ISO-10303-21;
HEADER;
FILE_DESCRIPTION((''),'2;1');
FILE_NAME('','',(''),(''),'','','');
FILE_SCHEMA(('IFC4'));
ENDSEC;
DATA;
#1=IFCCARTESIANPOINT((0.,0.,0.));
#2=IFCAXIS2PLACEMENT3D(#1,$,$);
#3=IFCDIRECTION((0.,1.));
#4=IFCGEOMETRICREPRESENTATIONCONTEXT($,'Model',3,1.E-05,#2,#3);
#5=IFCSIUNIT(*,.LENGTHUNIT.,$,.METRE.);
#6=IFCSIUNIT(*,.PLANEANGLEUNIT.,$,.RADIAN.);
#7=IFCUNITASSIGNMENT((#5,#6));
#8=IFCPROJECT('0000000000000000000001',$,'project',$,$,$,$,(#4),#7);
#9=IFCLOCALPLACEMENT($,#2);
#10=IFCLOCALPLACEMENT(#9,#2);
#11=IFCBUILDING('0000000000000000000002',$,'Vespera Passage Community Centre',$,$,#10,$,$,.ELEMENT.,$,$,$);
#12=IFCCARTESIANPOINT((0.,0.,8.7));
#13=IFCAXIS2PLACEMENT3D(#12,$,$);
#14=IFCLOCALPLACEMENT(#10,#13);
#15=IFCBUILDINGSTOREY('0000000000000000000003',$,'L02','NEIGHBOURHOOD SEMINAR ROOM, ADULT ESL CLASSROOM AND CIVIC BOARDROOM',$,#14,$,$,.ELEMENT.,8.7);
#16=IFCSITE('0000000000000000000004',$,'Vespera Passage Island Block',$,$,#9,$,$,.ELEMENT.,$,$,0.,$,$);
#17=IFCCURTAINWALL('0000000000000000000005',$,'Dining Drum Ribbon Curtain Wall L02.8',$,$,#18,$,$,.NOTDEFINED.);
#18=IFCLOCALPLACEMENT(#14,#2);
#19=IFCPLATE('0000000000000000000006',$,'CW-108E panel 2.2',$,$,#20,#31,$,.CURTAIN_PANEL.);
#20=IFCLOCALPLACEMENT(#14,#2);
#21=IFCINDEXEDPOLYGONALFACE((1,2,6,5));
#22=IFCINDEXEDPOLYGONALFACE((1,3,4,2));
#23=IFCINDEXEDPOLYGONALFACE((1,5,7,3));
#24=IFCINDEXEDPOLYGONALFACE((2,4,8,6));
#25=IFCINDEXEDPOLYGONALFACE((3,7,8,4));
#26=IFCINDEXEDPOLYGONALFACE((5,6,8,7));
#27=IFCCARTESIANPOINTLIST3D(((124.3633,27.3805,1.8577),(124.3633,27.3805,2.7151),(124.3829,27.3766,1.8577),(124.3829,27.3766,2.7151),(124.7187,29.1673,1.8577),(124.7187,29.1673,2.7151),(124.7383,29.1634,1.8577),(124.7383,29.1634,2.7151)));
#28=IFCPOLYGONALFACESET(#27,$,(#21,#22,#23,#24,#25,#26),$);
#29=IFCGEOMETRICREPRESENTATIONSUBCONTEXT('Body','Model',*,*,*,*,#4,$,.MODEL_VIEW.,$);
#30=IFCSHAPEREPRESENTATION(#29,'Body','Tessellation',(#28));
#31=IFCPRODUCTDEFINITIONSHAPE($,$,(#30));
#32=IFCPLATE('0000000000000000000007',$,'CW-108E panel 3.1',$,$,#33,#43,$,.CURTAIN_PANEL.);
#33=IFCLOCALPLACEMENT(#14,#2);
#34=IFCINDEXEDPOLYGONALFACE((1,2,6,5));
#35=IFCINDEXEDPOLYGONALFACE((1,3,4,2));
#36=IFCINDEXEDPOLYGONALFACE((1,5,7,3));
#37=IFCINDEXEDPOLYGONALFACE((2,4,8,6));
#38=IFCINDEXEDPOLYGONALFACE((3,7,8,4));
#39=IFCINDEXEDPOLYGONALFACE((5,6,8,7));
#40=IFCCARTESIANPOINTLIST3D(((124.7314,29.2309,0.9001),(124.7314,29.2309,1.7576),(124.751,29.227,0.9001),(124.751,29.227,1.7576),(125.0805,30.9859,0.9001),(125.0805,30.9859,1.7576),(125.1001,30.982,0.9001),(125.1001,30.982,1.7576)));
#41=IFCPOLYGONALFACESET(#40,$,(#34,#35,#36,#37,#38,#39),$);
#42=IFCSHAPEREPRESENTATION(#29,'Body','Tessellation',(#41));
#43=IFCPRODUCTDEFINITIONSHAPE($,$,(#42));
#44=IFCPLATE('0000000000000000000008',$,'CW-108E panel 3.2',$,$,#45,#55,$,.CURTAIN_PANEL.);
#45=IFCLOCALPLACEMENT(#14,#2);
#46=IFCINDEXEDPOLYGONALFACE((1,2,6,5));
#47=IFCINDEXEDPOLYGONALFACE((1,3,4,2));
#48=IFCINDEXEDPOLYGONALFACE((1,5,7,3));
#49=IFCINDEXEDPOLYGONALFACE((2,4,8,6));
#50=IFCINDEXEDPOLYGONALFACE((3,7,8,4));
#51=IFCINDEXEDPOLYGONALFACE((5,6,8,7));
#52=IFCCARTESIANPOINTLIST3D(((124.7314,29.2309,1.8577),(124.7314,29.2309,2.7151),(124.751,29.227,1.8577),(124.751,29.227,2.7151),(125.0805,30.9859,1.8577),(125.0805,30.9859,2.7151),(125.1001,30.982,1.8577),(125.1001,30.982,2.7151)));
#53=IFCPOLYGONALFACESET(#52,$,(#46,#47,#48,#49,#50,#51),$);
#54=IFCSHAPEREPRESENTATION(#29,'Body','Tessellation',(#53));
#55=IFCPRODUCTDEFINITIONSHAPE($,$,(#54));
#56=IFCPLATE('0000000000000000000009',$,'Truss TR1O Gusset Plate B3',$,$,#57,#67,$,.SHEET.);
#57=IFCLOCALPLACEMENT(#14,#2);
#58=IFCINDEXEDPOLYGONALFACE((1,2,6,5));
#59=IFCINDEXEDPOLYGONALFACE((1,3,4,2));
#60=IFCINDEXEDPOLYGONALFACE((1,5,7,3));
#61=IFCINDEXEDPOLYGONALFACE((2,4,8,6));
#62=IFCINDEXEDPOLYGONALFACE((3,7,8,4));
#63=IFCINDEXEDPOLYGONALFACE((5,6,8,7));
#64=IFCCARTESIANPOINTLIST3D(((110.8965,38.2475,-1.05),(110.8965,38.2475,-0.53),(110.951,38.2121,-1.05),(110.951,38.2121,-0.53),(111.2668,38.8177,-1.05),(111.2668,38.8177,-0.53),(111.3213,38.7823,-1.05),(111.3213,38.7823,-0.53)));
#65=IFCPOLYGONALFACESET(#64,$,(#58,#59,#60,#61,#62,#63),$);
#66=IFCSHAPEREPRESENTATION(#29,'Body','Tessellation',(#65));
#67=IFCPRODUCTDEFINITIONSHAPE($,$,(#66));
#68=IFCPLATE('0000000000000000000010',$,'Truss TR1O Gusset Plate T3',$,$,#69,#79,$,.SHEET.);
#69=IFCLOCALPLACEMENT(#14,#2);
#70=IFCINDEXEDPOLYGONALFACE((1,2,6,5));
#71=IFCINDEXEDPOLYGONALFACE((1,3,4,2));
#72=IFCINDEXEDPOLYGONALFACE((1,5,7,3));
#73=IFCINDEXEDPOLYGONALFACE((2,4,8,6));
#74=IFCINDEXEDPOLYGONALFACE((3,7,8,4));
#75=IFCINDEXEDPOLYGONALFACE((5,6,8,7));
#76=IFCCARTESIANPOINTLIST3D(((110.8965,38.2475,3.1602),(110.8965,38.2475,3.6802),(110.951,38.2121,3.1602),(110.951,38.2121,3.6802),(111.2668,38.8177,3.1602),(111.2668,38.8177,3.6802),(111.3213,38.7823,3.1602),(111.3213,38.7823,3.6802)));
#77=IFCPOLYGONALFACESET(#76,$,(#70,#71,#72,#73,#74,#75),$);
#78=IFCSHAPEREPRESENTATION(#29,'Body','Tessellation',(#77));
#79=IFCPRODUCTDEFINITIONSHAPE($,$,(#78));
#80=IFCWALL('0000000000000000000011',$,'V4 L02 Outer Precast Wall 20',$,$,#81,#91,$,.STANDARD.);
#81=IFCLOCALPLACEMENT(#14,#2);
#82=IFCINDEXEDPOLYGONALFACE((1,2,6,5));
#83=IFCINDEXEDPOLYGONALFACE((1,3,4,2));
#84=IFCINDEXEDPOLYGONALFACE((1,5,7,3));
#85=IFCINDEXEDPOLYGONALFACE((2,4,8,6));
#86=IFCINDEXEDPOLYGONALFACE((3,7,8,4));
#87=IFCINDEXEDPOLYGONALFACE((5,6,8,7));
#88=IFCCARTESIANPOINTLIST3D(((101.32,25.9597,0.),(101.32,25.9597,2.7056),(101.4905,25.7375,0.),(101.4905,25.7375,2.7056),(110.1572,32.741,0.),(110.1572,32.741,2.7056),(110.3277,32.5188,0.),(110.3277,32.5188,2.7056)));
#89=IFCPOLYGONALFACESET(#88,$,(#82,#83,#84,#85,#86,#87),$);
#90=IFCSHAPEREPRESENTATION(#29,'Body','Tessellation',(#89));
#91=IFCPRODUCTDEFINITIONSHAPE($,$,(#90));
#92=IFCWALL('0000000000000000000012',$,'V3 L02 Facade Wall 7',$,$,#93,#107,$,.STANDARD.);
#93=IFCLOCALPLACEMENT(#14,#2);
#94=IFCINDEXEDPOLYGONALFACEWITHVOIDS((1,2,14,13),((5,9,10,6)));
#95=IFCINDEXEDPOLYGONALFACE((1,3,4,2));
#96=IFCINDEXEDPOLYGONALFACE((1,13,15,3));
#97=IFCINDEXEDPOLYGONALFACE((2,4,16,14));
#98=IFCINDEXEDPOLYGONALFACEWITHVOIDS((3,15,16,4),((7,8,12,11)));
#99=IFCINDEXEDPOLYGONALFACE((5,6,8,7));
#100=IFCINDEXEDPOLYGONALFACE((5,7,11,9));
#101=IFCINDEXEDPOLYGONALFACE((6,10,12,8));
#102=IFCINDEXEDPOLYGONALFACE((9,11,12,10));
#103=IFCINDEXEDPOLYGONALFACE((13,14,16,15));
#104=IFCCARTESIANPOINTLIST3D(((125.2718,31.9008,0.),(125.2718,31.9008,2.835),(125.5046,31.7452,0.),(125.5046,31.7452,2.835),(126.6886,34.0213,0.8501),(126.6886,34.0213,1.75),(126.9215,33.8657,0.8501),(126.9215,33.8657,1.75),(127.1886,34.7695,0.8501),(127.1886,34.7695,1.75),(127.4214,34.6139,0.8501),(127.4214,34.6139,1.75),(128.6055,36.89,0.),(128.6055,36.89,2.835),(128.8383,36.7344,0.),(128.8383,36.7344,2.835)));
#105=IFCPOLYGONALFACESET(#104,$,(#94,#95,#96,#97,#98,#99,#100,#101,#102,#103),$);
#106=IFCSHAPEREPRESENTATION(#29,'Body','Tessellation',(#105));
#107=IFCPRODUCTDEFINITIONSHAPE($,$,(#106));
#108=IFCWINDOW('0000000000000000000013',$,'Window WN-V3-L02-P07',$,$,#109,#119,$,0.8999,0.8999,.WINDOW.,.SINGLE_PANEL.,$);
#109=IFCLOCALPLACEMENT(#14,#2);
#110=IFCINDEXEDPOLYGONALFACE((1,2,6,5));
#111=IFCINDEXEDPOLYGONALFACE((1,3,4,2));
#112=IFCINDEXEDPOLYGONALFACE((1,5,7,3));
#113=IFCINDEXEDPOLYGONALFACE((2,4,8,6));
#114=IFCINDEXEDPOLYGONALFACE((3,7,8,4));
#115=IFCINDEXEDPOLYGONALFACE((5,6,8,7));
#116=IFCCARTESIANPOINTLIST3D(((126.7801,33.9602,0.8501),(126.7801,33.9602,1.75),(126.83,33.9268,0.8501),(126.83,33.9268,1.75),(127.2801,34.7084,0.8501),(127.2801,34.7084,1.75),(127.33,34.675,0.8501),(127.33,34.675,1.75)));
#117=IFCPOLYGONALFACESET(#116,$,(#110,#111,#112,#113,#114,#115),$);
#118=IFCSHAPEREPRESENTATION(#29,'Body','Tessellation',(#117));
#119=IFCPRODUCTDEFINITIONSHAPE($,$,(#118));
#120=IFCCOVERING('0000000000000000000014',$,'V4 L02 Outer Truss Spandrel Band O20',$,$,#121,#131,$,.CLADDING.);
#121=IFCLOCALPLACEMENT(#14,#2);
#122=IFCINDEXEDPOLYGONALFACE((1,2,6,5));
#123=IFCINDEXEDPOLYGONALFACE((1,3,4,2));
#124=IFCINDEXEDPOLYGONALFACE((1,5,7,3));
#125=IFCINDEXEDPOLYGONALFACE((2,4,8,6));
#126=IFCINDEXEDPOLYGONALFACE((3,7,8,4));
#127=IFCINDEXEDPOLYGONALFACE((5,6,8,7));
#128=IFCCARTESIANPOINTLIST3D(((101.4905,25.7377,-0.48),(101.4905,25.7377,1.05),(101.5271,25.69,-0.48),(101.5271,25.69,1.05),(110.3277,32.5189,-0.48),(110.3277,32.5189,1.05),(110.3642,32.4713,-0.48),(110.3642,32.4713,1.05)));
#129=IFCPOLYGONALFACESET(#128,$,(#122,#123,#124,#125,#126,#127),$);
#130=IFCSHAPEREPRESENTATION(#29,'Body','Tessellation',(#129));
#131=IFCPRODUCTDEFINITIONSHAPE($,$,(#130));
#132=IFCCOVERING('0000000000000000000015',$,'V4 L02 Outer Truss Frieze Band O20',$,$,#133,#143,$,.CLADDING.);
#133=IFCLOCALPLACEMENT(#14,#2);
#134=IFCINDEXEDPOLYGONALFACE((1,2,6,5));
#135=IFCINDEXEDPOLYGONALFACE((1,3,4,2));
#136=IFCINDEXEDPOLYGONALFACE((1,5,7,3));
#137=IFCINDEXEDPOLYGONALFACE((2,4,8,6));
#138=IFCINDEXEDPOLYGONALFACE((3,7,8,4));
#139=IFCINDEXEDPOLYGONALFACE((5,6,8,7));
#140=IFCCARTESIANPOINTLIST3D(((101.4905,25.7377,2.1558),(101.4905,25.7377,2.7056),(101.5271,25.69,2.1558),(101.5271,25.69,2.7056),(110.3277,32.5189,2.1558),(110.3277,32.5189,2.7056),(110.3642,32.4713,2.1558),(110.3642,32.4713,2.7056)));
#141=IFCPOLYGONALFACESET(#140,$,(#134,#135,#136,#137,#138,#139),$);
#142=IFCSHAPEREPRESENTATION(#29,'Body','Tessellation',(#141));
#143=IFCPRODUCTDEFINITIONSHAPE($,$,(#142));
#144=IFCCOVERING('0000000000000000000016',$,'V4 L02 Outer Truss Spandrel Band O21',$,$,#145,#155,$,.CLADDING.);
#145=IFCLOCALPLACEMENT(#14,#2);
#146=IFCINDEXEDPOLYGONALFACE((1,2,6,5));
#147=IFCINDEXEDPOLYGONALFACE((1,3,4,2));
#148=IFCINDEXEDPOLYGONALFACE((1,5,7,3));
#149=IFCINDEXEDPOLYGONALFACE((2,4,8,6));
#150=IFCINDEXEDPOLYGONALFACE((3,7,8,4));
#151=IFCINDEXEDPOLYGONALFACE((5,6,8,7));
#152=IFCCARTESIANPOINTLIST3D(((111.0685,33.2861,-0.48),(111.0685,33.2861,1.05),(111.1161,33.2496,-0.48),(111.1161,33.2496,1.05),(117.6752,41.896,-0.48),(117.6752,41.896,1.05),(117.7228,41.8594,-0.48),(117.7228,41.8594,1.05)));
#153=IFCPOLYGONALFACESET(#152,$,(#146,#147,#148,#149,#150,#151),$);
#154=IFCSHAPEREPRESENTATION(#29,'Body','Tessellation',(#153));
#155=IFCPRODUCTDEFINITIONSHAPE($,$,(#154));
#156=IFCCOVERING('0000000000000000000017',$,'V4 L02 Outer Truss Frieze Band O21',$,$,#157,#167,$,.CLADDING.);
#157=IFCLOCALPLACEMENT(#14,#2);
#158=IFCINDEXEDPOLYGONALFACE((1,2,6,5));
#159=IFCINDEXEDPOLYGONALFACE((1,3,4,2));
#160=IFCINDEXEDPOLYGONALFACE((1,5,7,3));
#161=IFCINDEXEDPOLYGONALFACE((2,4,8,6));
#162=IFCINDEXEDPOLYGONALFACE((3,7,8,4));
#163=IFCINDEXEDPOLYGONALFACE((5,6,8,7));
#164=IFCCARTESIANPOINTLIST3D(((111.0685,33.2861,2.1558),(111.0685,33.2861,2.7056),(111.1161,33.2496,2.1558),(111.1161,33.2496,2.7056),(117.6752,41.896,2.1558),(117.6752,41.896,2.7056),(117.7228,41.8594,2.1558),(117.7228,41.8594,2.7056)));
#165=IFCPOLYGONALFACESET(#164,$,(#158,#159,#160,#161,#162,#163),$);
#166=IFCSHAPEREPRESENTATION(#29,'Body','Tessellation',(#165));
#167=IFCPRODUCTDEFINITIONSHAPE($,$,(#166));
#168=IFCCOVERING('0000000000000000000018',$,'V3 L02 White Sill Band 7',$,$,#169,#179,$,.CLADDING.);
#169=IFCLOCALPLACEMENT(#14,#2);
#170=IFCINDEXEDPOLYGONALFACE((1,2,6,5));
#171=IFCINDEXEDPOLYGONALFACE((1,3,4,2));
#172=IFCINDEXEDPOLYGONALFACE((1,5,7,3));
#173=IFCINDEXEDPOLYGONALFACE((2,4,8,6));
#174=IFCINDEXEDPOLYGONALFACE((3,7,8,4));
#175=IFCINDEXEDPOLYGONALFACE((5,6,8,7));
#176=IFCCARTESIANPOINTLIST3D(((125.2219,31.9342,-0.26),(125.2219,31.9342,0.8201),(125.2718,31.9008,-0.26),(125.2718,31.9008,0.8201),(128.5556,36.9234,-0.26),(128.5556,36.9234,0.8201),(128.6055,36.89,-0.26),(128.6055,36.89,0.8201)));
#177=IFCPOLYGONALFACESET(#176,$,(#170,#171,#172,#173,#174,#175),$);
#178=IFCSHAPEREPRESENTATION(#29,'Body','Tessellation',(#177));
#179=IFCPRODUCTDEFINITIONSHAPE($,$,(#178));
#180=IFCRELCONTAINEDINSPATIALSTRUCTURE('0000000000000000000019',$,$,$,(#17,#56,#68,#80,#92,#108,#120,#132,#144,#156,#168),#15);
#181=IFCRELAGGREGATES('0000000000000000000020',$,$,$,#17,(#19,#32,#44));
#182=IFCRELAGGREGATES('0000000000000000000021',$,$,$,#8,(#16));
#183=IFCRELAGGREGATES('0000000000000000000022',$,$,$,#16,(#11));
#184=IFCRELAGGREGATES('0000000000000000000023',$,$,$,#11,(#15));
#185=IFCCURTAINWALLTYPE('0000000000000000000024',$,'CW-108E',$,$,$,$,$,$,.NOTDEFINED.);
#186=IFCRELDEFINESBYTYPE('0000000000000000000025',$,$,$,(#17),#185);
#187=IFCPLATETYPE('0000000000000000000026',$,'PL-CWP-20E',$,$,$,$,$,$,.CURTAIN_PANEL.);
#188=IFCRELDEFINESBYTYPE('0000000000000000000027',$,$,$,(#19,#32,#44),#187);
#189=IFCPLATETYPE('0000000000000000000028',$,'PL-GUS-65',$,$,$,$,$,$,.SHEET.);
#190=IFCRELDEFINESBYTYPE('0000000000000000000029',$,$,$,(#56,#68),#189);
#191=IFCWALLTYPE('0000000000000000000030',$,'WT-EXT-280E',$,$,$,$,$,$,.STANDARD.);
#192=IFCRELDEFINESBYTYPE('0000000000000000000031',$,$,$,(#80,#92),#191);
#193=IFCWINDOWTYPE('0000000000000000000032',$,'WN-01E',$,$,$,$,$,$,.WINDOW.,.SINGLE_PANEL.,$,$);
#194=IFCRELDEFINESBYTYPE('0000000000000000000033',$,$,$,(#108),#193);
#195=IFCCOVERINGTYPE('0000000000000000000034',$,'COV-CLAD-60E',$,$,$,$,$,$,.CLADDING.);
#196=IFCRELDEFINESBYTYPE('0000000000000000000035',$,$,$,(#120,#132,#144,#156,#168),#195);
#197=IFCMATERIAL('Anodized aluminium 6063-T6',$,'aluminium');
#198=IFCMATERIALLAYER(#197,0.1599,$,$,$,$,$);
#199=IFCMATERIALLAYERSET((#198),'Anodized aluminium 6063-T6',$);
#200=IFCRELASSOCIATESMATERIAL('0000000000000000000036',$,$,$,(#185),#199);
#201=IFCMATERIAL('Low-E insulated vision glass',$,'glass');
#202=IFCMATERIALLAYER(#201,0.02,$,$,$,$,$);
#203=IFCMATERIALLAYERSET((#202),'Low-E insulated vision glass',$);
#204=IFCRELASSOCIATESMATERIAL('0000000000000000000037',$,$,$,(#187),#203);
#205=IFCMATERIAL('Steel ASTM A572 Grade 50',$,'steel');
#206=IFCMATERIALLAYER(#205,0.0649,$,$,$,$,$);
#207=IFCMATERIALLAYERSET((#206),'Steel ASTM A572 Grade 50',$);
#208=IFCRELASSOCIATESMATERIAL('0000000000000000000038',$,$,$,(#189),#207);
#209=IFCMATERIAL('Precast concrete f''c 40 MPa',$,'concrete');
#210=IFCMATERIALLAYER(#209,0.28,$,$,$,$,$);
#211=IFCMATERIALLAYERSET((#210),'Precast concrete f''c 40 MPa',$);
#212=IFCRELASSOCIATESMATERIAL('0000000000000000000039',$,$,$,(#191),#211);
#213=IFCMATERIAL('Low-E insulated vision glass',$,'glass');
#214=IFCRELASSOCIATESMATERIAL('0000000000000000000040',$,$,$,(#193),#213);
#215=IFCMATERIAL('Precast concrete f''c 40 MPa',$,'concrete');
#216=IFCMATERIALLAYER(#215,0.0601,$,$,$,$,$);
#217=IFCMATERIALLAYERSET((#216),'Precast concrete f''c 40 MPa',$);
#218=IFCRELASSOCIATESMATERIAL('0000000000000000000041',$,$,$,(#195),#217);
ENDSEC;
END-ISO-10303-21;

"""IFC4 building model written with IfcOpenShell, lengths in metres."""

from ifc_helpers import new_model, si_unit, direction, frame, frame_2d, origin, origin_2d, place, context, subcontext, project, spatial, rectangle, extrude, material, layer, layer_set, type_object, element, fill, aggregate, save


model = new_model("IFC4")

# Units and contexts
model_context = context("Model", 3, precision=1e-05, world=origin(), true_north=direction((0.0, 1.0)))
body_context = subcontext(model_context, "Body", "Model", "MODEL_VIEW")
ifc_project = project(units=[si_unit("LENGTHUNIT", "METRE"), si_unit("PLANEANGLEUNIT", "RADIAN")], contexts=[model_context])

# Site, building, storey
site_placement = place(None, origin())
site = spatial("IfcSite", under=ifc_project, at=site_placement, Name="Vespera Passage Island Block", CompositionType="ELEMENT", RefElevation=0.0)
building_placement = place(site_placement, origin())
building = spatial("IfcBuilding", under=site, at=building_placement, Name="Vespera Passage Community Centre", CompositionType="ELEMENT")
storey_placement = place(building_placement, frame((0.0, 0.0, 8.7)))
storey = spatial("IfcBuildingStorey", under=building, at=storey_placement, Name="L02", Description="NEIGHBOURHOOD SEMINAR ROOM, ADULT ESL CLASSROOM AND CIVIC BOARDROOM", CompositionType="ELEMENT", Elevation=8.7)

# Curtain wall
ifc_material_1 = material(Name="Anodized aluminium 6063-T6", Category="aluminium")
ifc_layer_1 = layer(ifc_material_1, 0.1599)
ifc_layer_set_1 = layer_set([ifc_layer_1], Name="Anodized aluminium 6063-T6")
curtain_wall_type = type_object("IfcCurtainWallType", Name="CW-108E", PredefinedType="NOTDEFINED", material=ifc_layer_set_1)
curtain_wall_placement = place(storey_placement, origin())
curtain_wall = element("IfcCurtainWall", 1, at=curtain_wall_placement, inside=storey, type_object=curtain_wall_type, Name="Dining Drum Ribbon Curtain Wall L02.8", PredefinedType="NOTDEFINED")

# Plates
ifc_material_2 = material(Name="Low-E insulated vision glass", Category="glass")
ifc_layer_2 = layer(ifc_material_2, 0.02)
ifc_layer_set_2 = layer_set([ifc_layer_2], Name="Low-E insulated vision glass")
plate_type_1 = type_object("IfcPlateType", Name="PL-CWP-20E", PredefinedType="CURTAIN_PANEL", material=ifc_layer_set_2)
plate_1_placement = place(storey_placement, frame((124.5508, 28.272, 1.8577), z_axis=(0.0, 0.0, 1.0), x_axis=(0.195097, 0.980784, 0.0)))
plate_1 = element("IfcPlate", 2, at=plate_1_placement, type_object=plate_type_1, Name="CW-108E panel 2.2", PredefinedType="CURTAIN_PANEL", context=body_context, shape_type="SweptSolid", body=[
    extrude(rectangle(XDim=1.8218, YDim=0.02, at=origin_2d()), origin(), (0.0, 0.0, 1.0), 0.8574),
])
plate_2_placement = place(storey_placement, frame((124.9158, 30.1064, 0.9001), z_axis=(0.0, 0.0, 1.0), x_axis=(0.195097, 0.980784, 0.0)))
plate_2 = element("IfcPlate", 3, at=plate_2_placement, type_object=plate_type_1, Name="CW-108E panel 3.1", PredefinedType="CURTAIN_PANEL", context=body_context, shape_type="SweptSolid", body=[
    extrude(rectangle(XDim=1.7893, YDim=0.02, at=origin_2d()), origin(), (0.0, 0.0, 1.0), 0.8574),
])
plate_3_placement = place(storey_placement, frame((124.9158, 30.1064, 1.8577), z_axis=(0.0, 0.0, 1.0), x_axis=(0.195097, 0.980784, 0.0)))
plate_3 = element("IfcPlate", 4, at=plate_3_placement, type_object=plate_type_1, Name="CW-108E panel 3.2", PredefinedType="CURTAIN_PANEL", context=body_context, shape_type="SweptSolid", body=[
    extrude(rectangle(XDim=1.7893, YDim=0.02, at=origin_2d()), origin(), (0.0, 0.0, 1.0), 0.8574),
])
aggregate(curtain_wall, [plate_1, plate_2, plate_3])

# Plates
ifc_material_3 = material(Name="Steel ASTM A572 Grade 50", Category="steel")
ifc_layer_3 = layer(ifc_material_3, 0.0649)
ifc_layer_set_3 = layer_set([ifc_layer_3], Name="Steel ASTM A572 Grade 50")
plate_type_2 = type_object("IfcPlateType", Name="PL-GUS-65", PredefinedType="SHEET", material=ifc_layer_set_3)
for number, where, z_axis, x_axis, name in (
    (5, (111.1089, 38.5149, -1.05), (0.0, 0.0, 1.0), (0.544639, 0.838671, 0.0), "Truss TR1O Gusset Plate B3"),
    (6, (111.1089, 38.5149, 3.1602), (0.0, 0.0, 1.0), (0.544639, 0.838671, 0.0), "Truss TR1O Gusset Plate T3"),
):
    element("IfcPlate", number, at=place(storey_placement, frame(where, z_axis=z_axis, x_axis=x_axis)), inside=storey, type_object=plate_type_2, Name=name, PredefinedType="SHEET", context=body_context, shape_type="SweptSolid", body=[
        extrude(rectangle(XDim=0.6799, YDim=0.0649, at=origin_2d()), origin(), (0.0, 0.0, 1.0), 0.52),
    ])

# Wall
ifc_material_4 = material(Name="Precast concrete f'c 40 MPa", Category="concrete")
ifc_layer_4 = layer(ifc_material_4, 0.28)
ifc_layer_set_4 = layer_set([ifc_layer_4], Name="Precast concrete f'c 40 MPa")
wall_type = type_object("IfcWallType", Name="WT-EXT-280E", PredefinedType="STANDARD", material=ifc_layer_set_4)
wall_1_placement = place(storey_placement, frame((110.2424, 32.6299, 0.0), z_axis=(0.0, 0.0, 1.0), x_axis=(-0.793342, -0.608776, 0.0)))
element("IfcWall", 7, at=wall_1_placement, inside=storey, type_object=wall_type, Name="V4 L02 Outer Precast Wall 20", PredefinedType="STANDARD", context=body_context, shape_type="SweptSolid", body=[
    extrude(rectangle(XDim=11.1392, YDim=0.28, at=frame_2d((5.5696, 0.0))), origin(), (0.0, 0.0, 1.0), 2.7056),
])

# Wall, opening, window
wall_2_placement = place(storey_placement, frame((125.3882, 31.823, 0.0), z_axis=(0.0, 0.0, 1.0), x_axis=(0.555573, 0.831468, 0.0)))
wall_2 = element("IfcWall", 8, at=wall_2_placement, inside=storey, type_object=wall_type, Name="V3 L02 Facade Wall 7", PredefinedType="STANDARD", context=body_context, shape_type="SweptSolid", body=[
    extrude(rectangle(XDim=6.0005, YDim=0.28, at=frame_2d((3.0002, 0.0))), origin(), (0.0, 0.0, 1.0), 2.835),
])
opening_placement = place(wall_2_placement, frame((2.5503, 0.0, 0.8501)))
opening = element("IfcOpeningElement", 9, at=opening_placement, cuts=wall_2, PredefinedType="OPENING", context=body_context, shape_type="SweptSolid", body=[
    extrude(rectangle(XDim=0.8999, YDim=0.8999, at=frame_2d((0.45, 0.45))), frame((0.0, 0.1501, 0.0), z_axis=(0.0, -1.0, 0.0), x_axis=(1.0, 0.0, 0.0)), (0.0, 0.0, 1.0), 0.3),
])
ifc_material_5 = material(Name="Low-E insulated vision glass", Category="glass")
window_type = type_object("IfcWindowType", Name="WN-01E", PartitioningType="SINGLE_PANEL", PredefinedType="WINDOW", material=ifc_material_5)
window_placement = place(opening_placement, origin())
window = element("IfcWindow", 10, at=window_placement, inside=storey, type_object=window_type, Name="Window WN-V3-L02-P07", OverallHeight=0.8999, OverallWidth=0.8999, PartitioningType="SINGLE_PANEL", PredefinedType="WINDOW", context=body_context, shape_type="SweptSolid", body=[
    extrude(rectangle(XDim=0.8999, YDim=0.8999, at=frame_2d((0.45, 0.45))), frame((0.0, 0.03, 0.0), z_axis=(0.0, -1.0, 0.0), x_axis=(1.0, 0.0, 0.0)), (0.0, 0.0, 1.0), 0.0601),
])
fill(opening, window)

# Coverings
ifc_material_6 = material(Name="Precast concrete f'c 40 MPa", Category="concrete")
ifc_layer_5 = layer(ifc_material_6, 0.0601)
ifc_layer_set_5 = layer_set([ifc_layer_5], Name="Precast concrete f'c 40 MPa")
covering_type = type_object("IfcCoveringType", Name="COV-CLAD-60E", PredefinedType="CLADDING", material=ifc_layer_set_5)
covering_1_placement = place(storey_placement, frame((110.3459, 32.4951, -0.48), z_axis=(0.0, 0.0, 1.0), x_axis=(-0.793342, -0.608776, 0.0)))
element("IfcCovering", 11, at=covering_1_placement, inside=storey, type_object=covering_type, Name="V4 L02 Outer Truss Spandrel Band O20", PredefinedType="CLADDING", context=body_context, shape_type="SweptSolid", body=[
    extrude(rectangle(XDim=11.1392, YDim=0.0601, at=frame_2d((5.5696, 0.0))), origin(), (0.0, 0.0, 1.0), 1.53),
])
covering_2_placement = place(storey_placement, frame((110.3459, 32.4951, 2.1558), z_axis=(0.0, 0.0, 1.0), x_axis=(-0.793342, -0.608776, 0.0)))
element("IfcCovering", 12, at=covering_2_placement, inside=storey, type_object=covering_type, Name="V4 L02 Outer Truss Frieze Band O20", PredefinedType="CLADDING", context=body_context, shape_type="SweptSolid", body=[
    extrude(rectangle(XDim=11.1392, YDim=0.0601, at=frame_2d((5.5696, 0.0))), origin(), (0.0, 0.0, 1.0), 0.5498),
])
covering_3_placement = place(storey_placement, frame((117.699, 41.8777, -0.48), z_axis=(0.0, 0.0, 1.0), x_axis=(-0.608768, -0.793348, 0.0)))
element("IfcCovering", 13, at=covering_3_placement, inside=storey, type_object=covering_type, Name="V4 L02 Outer Truss Spandrel Band O21", PredefinedType="CLADDING", context=body_context, shape_type="SweptSolid", body=[
    extrude(rectangle(XDim=10.8525, YDim=0.0601, at=frame_2d((5.4263, 0.0))), origin(), (0.0, 0.0, 1.0), 1.53),
])
covering_4_placement = place(storey_placement, frame((117.699, 41.8777, 2.1558), z_axis=(0.0, 0.0, 1.0), x_axis=(-0.608768, -0.793348, 0.0)))
element("IfcCovering", 14, at=covering_4_placement, inside=storey, type_object=covering_type, Name="V4 L02 Outer Truss Frieze Band O21", PredefinedType="CLADDING", context=body_context, shape_type="SweptSolid", body=[
    extrude(rectangle(XDim=10.8525, YDim=0.0601, at=frame_2d((5.4263, 0.0))), origin(), (0.0, 0.0, 1.0), 0.5498),
])
covering_5_placement = place(storey_placement, frame((125.2468, 31.9175, -0.26), z_axis=(0.0, 0.0, 1.0), x_axis=(0.555573, 0.831468, 0.0)))
element("IfcCovering", 15, at=covering_5_placement, inside=storey, type_object=covering_type, Name="V3 L02 White Sill Band 7", PredefinedType="CLADDING", context=body_context, shape_type="SweptSolid", body=[
    extrude(rectangle(XDim=6.0005, YDim=0.0601, at=frame_2d((3.0002, 0.0))), origin(), (0.0, 0.0, 1.0), 1.0801),
])

save(model, "model.ifc")
